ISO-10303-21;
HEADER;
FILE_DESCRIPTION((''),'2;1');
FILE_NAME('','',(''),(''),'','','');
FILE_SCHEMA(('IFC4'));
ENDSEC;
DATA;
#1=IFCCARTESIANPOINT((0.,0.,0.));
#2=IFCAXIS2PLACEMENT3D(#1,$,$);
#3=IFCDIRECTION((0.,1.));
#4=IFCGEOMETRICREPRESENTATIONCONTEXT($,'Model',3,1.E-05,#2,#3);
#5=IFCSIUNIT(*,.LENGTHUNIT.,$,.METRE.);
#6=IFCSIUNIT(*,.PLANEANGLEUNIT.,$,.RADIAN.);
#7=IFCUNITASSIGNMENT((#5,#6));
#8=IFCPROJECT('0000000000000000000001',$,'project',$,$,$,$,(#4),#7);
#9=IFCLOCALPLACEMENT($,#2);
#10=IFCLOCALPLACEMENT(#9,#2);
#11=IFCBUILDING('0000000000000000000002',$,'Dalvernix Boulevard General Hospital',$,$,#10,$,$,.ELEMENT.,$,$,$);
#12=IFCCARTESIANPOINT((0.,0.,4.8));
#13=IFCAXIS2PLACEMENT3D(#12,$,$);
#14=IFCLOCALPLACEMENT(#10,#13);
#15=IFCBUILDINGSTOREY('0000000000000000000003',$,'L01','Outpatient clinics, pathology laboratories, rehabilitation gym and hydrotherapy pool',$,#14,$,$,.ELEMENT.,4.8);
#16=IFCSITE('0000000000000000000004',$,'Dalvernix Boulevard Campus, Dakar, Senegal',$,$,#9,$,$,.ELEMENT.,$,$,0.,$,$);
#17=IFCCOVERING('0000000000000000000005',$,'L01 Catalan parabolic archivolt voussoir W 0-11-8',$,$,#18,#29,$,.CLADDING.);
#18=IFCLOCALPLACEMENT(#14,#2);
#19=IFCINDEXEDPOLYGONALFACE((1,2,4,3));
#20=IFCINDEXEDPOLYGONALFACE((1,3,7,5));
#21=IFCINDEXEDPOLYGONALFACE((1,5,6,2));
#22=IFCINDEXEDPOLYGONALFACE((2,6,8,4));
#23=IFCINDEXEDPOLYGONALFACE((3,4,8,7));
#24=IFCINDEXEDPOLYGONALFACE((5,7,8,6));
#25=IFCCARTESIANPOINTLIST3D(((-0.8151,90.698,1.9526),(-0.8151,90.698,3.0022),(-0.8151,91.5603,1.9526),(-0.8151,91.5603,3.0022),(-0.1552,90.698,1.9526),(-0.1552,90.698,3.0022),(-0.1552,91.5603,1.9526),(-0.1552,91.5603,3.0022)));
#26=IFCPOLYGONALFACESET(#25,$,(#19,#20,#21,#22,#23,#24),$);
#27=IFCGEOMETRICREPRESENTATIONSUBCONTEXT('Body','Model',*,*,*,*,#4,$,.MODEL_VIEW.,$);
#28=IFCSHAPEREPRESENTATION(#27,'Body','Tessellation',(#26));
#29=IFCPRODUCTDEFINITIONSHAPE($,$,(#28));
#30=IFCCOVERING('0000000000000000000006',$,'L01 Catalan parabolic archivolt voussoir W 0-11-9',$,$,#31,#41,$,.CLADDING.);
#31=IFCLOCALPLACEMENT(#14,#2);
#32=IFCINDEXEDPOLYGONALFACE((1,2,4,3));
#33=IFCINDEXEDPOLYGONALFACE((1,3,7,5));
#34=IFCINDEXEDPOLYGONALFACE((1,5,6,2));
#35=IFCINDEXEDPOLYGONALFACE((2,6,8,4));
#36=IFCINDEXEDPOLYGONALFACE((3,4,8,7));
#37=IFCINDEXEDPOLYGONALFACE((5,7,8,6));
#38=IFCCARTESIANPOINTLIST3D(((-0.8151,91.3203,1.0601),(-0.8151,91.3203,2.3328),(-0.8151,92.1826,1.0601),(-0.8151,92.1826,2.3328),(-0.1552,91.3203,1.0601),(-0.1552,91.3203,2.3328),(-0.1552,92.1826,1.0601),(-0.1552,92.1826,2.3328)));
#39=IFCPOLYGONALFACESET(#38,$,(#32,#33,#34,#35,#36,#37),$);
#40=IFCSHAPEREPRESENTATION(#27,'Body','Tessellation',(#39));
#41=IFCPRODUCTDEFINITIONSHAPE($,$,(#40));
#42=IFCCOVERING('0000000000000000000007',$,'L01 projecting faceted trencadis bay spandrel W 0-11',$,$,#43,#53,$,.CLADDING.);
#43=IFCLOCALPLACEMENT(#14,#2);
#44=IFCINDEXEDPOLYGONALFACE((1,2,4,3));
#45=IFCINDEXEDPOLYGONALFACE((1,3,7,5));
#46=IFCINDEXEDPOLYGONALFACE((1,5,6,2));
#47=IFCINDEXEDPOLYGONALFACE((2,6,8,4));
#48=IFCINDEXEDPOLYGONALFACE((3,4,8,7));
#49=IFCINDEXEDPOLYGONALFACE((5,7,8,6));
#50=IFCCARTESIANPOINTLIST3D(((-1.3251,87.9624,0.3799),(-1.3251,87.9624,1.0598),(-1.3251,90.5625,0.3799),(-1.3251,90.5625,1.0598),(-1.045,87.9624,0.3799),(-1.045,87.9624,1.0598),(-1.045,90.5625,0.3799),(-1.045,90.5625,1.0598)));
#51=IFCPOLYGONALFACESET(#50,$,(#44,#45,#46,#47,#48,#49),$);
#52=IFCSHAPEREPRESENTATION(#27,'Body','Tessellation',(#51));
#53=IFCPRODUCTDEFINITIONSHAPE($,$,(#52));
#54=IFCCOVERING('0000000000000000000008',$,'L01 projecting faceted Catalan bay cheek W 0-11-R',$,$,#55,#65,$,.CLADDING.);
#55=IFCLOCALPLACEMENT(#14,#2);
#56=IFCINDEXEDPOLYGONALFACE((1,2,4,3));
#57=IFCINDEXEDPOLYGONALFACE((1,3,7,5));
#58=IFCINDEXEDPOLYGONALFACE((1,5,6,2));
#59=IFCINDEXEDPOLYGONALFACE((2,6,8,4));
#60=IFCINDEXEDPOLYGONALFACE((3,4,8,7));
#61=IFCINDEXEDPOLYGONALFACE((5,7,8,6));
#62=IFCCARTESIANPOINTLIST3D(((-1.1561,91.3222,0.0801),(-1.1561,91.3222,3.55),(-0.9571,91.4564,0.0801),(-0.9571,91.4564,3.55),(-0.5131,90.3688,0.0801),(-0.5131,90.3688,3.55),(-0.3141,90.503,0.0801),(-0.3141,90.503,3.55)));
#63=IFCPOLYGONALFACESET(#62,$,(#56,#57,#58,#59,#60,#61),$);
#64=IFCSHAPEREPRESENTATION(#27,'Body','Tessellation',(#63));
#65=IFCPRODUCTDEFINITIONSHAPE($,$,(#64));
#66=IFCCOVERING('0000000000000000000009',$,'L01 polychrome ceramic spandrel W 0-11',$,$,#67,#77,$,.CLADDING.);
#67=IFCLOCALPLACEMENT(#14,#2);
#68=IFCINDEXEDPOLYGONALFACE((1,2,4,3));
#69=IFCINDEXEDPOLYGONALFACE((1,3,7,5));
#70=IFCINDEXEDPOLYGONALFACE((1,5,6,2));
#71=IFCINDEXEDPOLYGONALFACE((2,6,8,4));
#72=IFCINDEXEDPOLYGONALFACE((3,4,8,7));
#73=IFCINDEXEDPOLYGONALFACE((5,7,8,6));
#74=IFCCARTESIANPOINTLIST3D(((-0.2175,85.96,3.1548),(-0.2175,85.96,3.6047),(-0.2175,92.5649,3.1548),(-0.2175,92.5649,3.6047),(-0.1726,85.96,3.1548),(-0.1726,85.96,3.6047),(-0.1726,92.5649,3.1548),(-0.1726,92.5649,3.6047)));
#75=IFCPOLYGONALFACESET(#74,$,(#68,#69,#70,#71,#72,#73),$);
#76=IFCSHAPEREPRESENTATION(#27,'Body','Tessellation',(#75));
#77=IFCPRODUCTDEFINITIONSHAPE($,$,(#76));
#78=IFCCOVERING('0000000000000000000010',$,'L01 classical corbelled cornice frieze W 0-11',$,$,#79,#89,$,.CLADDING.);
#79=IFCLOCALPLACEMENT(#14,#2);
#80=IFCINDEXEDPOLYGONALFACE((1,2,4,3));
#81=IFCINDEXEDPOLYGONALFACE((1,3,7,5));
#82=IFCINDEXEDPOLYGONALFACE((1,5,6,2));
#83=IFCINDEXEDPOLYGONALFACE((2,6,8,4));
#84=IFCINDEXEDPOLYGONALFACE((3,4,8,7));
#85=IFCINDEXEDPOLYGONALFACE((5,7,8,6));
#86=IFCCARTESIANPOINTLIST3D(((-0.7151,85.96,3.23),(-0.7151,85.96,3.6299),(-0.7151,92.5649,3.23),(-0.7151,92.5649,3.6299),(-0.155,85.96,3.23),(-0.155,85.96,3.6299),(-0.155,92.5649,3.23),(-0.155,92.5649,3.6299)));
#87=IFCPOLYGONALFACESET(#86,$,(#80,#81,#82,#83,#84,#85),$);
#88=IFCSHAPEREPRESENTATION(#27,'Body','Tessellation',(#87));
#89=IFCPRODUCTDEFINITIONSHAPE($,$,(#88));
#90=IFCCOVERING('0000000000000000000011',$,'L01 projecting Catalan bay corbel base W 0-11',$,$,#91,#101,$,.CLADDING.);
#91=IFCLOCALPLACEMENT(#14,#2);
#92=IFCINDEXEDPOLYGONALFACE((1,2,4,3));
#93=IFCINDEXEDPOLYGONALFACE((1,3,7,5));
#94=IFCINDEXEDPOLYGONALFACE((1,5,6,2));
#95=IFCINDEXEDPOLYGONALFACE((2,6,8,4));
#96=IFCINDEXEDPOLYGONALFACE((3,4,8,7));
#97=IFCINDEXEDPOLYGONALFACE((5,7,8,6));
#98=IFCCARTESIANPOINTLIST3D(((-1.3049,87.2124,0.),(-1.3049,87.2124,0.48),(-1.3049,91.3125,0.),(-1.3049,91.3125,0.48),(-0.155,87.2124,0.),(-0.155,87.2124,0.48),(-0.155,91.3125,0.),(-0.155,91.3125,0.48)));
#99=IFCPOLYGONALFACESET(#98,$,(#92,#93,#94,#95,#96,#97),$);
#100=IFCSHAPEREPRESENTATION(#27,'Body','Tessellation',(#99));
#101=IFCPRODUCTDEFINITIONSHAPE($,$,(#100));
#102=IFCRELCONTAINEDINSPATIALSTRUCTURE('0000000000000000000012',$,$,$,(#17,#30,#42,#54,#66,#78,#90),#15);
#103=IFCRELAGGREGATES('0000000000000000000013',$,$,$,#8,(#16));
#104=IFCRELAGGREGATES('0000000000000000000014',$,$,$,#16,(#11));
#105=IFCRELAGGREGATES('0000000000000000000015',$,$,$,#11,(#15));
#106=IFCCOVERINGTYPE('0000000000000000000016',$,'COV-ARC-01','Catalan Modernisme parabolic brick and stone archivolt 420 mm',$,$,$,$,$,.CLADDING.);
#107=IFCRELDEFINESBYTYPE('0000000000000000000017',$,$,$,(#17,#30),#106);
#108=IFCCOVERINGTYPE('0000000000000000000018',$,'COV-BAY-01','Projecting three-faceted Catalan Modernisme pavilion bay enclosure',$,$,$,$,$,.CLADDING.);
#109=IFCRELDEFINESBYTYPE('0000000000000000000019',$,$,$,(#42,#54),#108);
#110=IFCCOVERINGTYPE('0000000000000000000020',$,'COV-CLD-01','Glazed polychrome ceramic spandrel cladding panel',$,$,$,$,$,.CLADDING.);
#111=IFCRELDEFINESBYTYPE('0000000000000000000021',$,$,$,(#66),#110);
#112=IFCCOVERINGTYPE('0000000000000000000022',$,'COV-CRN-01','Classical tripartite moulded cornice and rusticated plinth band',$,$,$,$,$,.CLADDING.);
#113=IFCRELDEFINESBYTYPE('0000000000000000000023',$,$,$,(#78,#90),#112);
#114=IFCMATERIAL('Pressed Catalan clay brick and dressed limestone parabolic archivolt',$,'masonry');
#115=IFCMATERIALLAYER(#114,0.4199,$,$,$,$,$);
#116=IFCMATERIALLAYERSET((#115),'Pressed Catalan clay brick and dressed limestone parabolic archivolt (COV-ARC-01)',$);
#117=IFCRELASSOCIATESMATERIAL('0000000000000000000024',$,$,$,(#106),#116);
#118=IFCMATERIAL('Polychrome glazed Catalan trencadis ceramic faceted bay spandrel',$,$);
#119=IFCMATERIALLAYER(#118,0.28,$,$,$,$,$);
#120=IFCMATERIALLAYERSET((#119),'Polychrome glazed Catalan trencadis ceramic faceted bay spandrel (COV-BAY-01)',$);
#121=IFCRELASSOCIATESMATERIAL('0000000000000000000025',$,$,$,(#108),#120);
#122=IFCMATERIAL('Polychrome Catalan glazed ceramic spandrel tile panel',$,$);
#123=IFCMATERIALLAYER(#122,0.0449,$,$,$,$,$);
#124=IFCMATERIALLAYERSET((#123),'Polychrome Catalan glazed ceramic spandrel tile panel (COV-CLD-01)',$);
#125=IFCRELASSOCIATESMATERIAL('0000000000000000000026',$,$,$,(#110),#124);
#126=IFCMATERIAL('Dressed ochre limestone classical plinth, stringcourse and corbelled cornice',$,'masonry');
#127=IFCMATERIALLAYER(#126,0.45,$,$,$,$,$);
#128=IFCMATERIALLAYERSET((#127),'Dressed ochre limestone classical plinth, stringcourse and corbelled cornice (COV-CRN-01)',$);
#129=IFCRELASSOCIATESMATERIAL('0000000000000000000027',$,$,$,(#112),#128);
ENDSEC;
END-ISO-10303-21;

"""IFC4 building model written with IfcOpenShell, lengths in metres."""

from ifc_helpers import new_model, si_unit, direction, frame, origin, origin_2d, place, context, subcontext, project, spatial, rectangle, extrude, material, layer, layer_set, type_object, element, save


model = new_model("IFC4")

# Units and contexts
model_context = context("Model", 3, precision=1e-05, world=origin(), true_north=direction((0.0, 1.0)))
body_context = subcontext(model_context, "Body", "Model", "MODEL_VIEW")
ifc_project = project(units=[si_unit("LENGTHUNIT", "METRE"), si_unit("PLANEANGLEUNIT", "RADIAN")], contexts=[model_context])

# Site, building, storey
site_placement = place(None, origin())
site = spatial("IfcSite", under=ifc_project, at=site_placement, Name="Dalvernix Boulevard Campus, Dakar, Senegal", CompositionType="ELEMENT", RefElevation=0.0)
building_placement = place(site_placement, origin())
building = spatial("IfcBuilding", under=site, at=building_placement, Name="Dalvernix Boulevard General Hospital", CompositionType="ELEMENT")
storey_placement = place(building_placement, frame((0.0, 0.0, 4.8)))
storey = spatial("IfcBuildingStorey", under=building, at=storey_placement, Name="L01", Description="Outpatient clinics, pathology laboratories, rehabilitation gym and hydrotherapy pool", CompositionType="ELEMENT", Elevation=4.8)

# Coverings
ifc_material_1 = material(Name="Pressed Catalan clay brick and dressed limestone parabolic archivolt", Category="masonry")
ifc_layer_1 = layer(ifc_material_1, 0.4199)
ifc_layer_set_1 = layer_set([ifc_layer_1], Name="Pressed Catalan clay brick and dressed limestone parabolic archivolt (COV-ARC-01)")
covering_type_1 = type_object("IfcCoveringType", Name="COV-ARC-01", Description="Catalan Modernisme parabolic brick and stone archivolt 420 mm", PredefinedType="CLADDING", material=ifc_layer_set_1)
covering_1_placement = place(storey_placement, frame((-0.4851, 91.1292, 1.9526), z_axis=(0.0, 0.0, 1.0), x_axis=(0.0, 1.0, 0.0)))
element("IfcCovering", 1, at=covering_1_placement, inside=storey, type_object=covering_type_1, Name="L01 Catalan parabolic archivolt voussoir W 0-11-8", PredefinedType="CLADDING", context=body_context, shape_type="SweptSolid", body=[
    extrude(rectangle(XDim=0.8623, YDim=0.6599, at=origin_2d()), origin(), (0.0, 0.0, 1.0), 1.0496),
])
covering_2_placement = place(storey_placement, frame((-0.4851, 91.7515, 1.0601), z_axis=(0.0, 0.0, 1.0), x_axis=(0.0, 1.0, 0.0)))
element("IfcCovering", 2, at=covering_2_placement, inside=storey, type_object=covering_type_1, Name="L01 Catalan parabolic archivolt voussoir W 0-11-9", PredefinedType="CLADDING", context=body_context, shape_type="SweptSolid", body=[
    extrude(rectangle(XDim=0.8623, YDim=0.6599, at=origin_2d()), origin(), (0.0, 0.0, 1.0), 1.2727),
])
ifc_material_2 = material(Name="Polychrome glazed Catalan trencadis ceramic faceted bay spandrel")
ifc_layer_2 = layer(ifc_material_2, 0.28)
ifc_layer_set_2 = layer_set([ifc_layer_2], Name="Polychrome glazed Catalan trencadis ceramic faceted bay spandrel (COV-BAY-01)")
covering_type_2 = type_object("IfcCoveringType", Name="COV-BAY-01", Description="Projecting three-faceted Catalan Modernisme pavilion bay enclosure", PredefinedType="CLADDING", material=ifc_layer_set_2)
covering_3_placement = place(storey_placement, frame((-1.1851, 89.2625, 0.3799), z_axis=(0.0, 0.0, 1.0), x_axis=(0.0, 1.0, 0.0)))
element("IfcCovering", 3, at=covering_3_placement, inside=storey, type_object=covering_type_2, Name="L01 projecting faceted trencadis bay spandrel W 0-11", PredefinedType="CLADDING", context=body_context, shape_type="SweptSolid", body=[
    extrude(rectangle(XDim=2.6001, YDim=0.28, at=origin_2d()), origin(), (0.0, 0.0, 1.0), 0.6799),
])
covering_4_placement = place(storey_placement, frame((-0.7351, 90.9126, 0.0801), z_axis=(0.0, 0.0, 1.0), x_axis=(-0.559193, 0.829038, 0.0)))
element("IfcCovering", 4, at=covering_4_placement, inside=storey, type_object=covering_type_2, Name="L01 projecting faceted Catalan bay cheek W 0-11-R", PredefinedType="CLADDING", context=body_context, shape_type="SweptSolid", body=[
    extrude(rectangle(XDim=1.1499, YDim=0.24, at=origin_2d()), origin(), (0.0, 0.0, 1.0), 3.47),
])
ifc_material_3 = material(Name="Polychrome Catalan glazed ceramic spandrel tile panel")
ifc_layer_3 = layer(ifc_material_3, 0.0449)
ifc_layer_set_3 = layer_set([ifc_layer_3], Name="Polychrome Catalan glazed ceramic spandrel tile panel (COV-CLD-01)")
covering_type_3 = type_object("IfcCoveringType", Name="COV-CLD-01", Description="Glazed polychrome ceramic spandrel cladding panel", PredefinedType="CLADDING", material=ifc_layer_set_3)
covering_5_placement = place(storey_placement, frame((-0.1951, 89.2625, 3.1548), z_axis=(0.0, 0.0, 1.0), x_axis=(0.0, 1.0, 0.0)))
element("IfcCovering", 5, at=covering_5_placement, inside=storey, type_object=covering_type_3, Name="L01 polychrome ceramic spandrel W 0-11", PredefinedType="CLADDING", context=body_context, shape_type="SweptSolid", body=[
    extrude(rectangle(XDim=6.605, YDim=0.0449, at=origin_2d()), origin(), (0.0, 0.0, 1.0), 0.45),
])
ifc_material_4 = material(Name="Dressed ochre limestone classical plinth, stringcourse and corbelled cornice", Category="masonry")
ifc_layer_4 = layer(ifc_material_4, 0.45)
ifc_layer_set_4 = layer_set([ifc_layer_4], Name="Dressed ochre limestone classical plinth, stringcourse and corbelled cornice (COV-CRN-01)")
covering_type_4 = type_object("IfcCoveringType", Name="COV-CRN-01", Description="Classical tripartite moulded cornice and rusticated plinth band", PredefinedType="CLADDING", material=ifc_layer_set_4)
covering_6_placement = place(storey_placement, frame((-0.4351, 89.2625, 3.23), z_axis=(0.0, 0.0, 1.0), x_axis=(0.0, 1.0, 0.0)))
element("IfcCovering", 6, at=covering_6_placement, inside=storey, type_object=covering_type_4, Name="L01 classical corbelled cornice frieze W 0-11", PredefinedType="CLADDING", context=body_context, shape_type="SweptSolid", body=[
    extrude(rectangle(XDim=6.605, YDim=0.5601, at=origin_2d()), origin(), (0.0, 0.0, 1.0), 0.3999),
])
covering_7_placement = place(storey_placement, frame((-0.73, 89.2625, 0.0), z_axis=(0.0, 0.0, 1.0), x_axis=(0.0, 1.0, 0.0)))
element("IfcCovering", 7, at=covering_7_placement, inside=storey, type_object=covering_type_4, Name="L01 projecting Catalan bay corbel base W 0-11", PredefinedType="CLADDING", context=body_context, shape_type="SweptSolid", body=[
    extrude(rectangle(XDim=4.1001, YDim=1.1499, at=origin_2d()), origin(), (0.0, 0.0, 1.0), 0.48),
])

save(model, "model.ifc")
